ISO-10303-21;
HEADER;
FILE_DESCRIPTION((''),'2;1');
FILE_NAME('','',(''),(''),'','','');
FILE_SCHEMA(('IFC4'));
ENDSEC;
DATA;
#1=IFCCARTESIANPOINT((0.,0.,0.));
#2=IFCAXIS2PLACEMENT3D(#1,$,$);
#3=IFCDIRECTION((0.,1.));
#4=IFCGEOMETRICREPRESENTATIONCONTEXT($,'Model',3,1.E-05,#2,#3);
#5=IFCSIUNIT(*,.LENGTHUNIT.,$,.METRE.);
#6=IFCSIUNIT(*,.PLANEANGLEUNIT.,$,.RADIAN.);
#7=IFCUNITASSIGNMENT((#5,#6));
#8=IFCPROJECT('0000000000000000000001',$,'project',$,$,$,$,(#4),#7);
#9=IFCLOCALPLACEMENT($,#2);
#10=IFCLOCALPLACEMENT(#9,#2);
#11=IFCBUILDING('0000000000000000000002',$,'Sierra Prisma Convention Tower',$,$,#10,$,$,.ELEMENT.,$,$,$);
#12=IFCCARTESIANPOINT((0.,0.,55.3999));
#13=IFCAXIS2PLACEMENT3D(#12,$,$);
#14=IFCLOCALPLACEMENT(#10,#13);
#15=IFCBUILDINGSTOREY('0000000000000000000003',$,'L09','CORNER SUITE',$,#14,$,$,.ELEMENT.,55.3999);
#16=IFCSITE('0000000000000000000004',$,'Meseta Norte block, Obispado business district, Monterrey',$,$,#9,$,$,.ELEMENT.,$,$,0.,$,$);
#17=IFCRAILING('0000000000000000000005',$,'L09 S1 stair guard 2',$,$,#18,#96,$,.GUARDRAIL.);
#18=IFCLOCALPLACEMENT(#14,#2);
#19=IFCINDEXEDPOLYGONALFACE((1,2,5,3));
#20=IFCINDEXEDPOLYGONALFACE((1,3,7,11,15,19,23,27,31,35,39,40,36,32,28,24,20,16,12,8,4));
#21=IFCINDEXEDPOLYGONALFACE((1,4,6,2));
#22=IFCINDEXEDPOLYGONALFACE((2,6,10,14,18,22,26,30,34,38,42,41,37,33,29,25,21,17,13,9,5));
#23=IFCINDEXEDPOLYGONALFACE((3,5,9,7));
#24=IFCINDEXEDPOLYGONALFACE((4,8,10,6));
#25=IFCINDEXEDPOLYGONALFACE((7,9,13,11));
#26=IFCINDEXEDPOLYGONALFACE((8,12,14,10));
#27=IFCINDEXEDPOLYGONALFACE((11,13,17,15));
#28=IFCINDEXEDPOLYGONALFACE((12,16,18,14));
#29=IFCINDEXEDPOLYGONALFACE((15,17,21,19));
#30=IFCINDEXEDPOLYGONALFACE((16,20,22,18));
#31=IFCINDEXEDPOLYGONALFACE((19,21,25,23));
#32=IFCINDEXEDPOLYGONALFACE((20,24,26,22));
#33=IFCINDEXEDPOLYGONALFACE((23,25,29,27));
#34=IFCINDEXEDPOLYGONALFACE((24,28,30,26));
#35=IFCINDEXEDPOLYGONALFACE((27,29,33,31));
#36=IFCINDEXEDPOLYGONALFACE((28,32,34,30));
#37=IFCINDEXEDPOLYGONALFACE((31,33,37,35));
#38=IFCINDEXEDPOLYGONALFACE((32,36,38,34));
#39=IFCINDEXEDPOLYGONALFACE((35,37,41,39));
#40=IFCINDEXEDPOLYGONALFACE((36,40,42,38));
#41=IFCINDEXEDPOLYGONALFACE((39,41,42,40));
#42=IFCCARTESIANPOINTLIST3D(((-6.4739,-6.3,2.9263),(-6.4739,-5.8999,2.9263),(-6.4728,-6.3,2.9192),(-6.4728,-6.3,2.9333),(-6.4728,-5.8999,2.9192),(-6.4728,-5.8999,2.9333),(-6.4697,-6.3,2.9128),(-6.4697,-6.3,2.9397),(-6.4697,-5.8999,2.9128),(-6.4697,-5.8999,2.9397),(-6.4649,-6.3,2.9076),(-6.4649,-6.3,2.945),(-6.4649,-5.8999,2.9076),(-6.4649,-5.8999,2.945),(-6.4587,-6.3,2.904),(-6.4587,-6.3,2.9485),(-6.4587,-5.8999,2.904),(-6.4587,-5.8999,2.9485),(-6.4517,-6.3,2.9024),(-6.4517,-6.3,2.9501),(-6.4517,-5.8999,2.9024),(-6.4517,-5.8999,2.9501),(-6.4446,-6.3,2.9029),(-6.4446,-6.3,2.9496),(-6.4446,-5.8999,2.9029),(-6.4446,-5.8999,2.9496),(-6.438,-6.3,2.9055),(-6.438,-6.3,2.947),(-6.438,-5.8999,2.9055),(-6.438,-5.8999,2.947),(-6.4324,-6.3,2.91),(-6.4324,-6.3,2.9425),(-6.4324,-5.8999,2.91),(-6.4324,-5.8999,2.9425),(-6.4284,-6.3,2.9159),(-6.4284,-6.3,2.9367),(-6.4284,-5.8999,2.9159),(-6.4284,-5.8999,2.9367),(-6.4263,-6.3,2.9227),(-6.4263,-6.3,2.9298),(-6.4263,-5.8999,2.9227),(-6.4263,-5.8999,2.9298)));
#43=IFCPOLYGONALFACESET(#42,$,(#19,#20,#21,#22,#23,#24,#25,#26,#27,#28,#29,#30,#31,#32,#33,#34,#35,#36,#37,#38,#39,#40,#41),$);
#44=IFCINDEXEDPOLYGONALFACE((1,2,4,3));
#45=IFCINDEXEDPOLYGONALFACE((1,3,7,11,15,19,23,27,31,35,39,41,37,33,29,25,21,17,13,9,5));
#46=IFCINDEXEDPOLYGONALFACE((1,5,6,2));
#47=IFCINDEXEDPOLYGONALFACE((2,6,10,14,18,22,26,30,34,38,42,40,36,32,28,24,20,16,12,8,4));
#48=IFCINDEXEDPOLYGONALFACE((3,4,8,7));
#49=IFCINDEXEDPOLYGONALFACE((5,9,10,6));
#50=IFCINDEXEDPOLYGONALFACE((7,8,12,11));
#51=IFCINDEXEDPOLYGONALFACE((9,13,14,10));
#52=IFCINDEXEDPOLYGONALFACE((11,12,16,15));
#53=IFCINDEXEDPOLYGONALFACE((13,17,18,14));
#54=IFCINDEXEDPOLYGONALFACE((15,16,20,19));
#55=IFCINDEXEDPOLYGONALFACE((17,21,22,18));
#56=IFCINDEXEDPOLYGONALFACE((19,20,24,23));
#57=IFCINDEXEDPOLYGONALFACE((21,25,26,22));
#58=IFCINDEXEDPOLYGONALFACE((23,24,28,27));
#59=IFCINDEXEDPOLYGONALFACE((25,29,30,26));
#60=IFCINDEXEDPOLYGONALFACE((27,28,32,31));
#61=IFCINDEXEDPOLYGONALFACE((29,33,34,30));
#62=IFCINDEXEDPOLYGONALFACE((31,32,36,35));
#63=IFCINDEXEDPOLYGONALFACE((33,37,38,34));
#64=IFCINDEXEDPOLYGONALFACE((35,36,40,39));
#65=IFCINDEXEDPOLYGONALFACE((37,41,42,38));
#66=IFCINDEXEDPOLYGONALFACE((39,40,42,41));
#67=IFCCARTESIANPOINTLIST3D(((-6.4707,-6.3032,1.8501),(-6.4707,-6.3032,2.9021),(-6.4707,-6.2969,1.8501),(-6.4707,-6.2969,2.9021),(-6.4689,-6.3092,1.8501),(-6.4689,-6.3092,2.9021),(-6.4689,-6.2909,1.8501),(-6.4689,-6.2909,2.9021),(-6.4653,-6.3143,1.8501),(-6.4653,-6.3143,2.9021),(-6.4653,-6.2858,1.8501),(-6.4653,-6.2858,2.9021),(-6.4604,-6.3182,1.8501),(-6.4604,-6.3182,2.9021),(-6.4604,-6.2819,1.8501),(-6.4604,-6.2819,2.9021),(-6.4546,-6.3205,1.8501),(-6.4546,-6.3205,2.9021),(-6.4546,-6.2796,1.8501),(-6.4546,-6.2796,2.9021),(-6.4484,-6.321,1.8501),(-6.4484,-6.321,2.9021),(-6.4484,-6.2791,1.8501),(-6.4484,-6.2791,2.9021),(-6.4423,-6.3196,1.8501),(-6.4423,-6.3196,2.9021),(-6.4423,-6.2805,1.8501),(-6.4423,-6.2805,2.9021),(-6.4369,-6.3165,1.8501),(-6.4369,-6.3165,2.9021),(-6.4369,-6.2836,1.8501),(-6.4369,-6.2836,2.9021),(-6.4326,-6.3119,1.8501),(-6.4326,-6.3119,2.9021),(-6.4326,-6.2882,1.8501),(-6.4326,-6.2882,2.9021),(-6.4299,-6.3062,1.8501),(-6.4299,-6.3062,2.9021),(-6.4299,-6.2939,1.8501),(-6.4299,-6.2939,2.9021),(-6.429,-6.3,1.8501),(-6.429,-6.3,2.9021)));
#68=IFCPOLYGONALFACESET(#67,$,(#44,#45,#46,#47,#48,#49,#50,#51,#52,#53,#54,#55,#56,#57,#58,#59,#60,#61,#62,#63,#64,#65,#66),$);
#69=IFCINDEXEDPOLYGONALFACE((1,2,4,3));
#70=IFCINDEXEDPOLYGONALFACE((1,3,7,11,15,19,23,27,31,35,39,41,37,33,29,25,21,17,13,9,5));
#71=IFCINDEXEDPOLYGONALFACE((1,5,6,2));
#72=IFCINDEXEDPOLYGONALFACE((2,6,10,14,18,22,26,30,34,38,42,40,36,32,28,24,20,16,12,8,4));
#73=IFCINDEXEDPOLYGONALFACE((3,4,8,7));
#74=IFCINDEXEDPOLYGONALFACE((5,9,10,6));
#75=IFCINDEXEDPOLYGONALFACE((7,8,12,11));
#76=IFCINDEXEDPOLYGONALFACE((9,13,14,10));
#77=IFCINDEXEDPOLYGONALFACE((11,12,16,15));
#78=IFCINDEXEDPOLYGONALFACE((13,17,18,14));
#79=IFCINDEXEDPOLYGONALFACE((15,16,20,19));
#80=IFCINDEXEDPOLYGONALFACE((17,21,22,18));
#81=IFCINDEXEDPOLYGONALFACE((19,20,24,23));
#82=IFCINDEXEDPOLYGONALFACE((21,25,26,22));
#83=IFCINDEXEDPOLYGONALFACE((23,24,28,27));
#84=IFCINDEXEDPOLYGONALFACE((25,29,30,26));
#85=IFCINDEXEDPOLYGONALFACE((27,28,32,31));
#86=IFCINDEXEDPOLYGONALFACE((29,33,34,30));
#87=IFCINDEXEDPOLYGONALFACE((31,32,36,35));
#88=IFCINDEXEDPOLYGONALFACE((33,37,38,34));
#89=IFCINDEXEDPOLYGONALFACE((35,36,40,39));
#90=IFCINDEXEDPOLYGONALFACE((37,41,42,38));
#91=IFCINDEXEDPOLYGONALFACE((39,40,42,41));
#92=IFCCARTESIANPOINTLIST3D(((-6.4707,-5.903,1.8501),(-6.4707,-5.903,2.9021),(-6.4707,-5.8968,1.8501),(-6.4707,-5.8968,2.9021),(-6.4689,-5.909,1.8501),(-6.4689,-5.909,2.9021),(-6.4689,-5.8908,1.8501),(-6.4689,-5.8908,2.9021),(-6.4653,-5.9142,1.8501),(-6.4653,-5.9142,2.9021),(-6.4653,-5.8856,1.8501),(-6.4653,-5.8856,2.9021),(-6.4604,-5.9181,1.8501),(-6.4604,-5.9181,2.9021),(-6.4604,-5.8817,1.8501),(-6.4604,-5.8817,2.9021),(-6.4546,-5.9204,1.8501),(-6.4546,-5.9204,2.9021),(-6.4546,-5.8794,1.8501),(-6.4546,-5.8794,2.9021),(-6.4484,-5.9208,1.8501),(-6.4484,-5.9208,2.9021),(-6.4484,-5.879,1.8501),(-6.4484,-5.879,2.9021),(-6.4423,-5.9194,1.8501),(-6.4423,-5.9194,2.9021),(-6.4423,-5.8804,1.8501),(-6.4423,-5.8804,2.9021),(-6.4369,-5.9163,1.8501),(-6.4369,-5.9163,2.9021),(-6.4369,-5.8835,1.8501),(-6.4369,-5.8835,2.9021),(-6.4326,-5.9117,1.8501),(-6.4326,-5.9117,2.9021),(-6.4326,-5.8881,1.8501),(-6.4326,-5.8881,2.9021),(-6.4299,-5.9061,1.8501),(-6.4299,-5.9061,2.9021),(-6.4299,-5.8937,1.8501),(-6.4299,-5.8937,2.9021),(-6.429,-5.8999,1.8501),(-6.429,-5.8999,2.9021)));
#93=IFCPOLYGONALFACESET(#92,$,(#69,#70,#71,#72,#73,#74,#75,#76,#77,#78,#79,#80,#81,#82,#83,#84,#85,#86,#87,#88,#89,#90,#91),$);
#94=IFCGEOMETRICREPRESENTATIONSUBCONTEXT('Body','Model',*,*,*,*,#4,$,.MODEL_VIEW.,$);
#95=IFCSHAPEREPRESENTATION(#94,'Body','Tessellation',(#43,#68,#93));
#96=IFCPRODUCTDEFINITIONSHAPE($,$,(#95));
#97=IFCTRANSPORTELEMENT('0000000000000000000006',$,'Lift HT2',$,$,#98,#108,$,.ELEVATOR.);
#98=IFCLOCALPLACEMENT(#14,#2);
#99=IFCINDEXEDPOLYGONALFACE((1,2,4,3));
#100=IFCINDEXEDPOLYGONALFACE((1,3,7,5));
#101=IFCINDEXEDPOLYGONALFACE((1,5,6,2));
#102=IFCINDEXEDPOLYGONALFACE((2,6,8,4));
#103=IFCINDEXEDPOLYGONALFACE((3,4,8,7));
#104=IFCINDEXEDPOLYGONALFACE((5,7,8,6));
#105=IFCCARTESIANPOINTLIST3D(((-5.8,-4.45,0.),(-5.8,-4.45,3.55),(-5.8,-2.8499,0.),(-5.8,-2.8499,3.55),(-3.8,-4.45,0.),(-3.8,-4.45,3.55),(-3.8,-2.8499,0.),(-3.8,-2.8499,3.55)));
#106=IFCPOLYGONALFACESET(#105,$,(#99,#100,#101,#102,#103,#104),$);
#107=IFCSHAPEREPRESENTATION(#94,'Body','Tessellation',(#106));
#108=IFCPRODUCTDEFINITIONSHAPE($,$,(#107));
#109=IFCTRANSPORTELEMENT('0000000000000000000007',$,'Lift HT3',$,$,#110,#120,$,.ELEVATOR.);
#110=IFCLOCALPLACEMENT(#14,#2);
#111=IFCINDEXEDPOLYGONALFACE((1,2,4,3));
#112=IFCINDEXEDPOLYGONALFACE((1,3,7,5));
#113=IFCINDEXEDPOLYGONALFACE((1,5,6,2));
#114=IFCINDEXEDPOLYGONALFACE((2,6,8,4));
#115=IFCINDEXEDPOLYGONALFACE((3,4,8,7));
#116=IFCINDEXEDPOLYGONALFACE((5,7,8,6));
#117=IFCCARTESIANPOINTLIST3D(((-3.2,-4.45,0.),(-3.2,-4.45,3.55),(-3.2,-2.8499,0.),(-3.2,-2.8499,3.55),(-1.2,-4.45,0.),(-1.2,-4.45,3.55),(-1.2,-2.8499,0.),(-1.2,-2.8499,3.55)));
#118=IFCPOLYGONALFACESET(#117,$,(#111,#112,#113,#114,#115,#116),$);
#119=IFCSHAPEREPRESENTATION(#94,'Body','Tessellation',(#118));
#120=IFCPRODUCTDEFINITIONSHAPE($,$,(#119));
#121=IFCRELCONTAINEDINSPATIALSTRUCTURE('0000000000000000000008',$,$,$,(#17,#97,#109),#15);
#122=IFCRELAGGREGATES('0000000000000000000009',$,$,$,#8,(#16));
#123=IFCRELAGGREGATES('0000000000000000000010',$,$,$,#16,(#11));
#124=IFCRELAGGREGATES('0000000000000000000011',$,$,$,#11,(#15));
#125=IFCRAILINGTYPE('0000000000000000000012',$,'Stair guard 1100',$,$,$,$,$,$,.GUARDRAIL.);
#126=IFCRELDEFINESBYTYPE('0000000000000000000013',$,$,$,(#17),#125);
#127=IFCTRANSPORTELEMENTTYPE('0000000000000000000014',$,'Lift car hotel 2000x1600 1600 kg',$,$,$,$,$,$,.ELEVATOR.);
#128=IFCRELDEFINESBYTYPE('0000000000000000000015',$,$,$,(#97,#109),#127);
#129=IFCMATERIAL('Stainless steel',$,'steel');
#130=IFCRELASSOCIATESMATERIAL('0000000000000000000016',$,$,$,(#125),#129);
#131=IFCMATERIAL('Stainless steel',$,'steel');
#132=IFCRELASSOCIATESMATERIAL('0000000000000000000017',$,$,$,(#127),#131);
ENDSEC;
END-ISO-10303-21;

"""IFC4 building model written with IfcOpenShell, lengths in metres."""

from ifc_helpers import new_model, si_unit, direction, frame, origin, origin_2d, place, context, subcontext, project, spatial, rectangle, circle, extrude, material, type_object, element, save


model = new_model("IFC4")

# Units and contexts
model_context = context("Model", 3, precision=1e-05, world=origin(), true_north=direction((0.0, 1.0)))
body_context = subcontext(model_context, "Body", "Model", "MODEL_VIEW")
ifc_project = project(units=[si_unit("LENGTHUNIT", "METRE"), si_unit("PLANEANGLEUNIT", "RADIAN")], contexts=[model_context])

# Site, building, storey
site_placement = place(None, origin())
site = spatial("IfcSite", under=ifc_project, at=site_placement, Name="Meseta Norte block, Obispado business district, Monterrey", CompositionType="ELEMENT", RefElevation=0.0)
building_placement = place(site_placement, origin())
building = spatial("IfcBuilding", under=site, at=building_placement, Name="Sierra Prisma Convention Tower", CompositionType="ELEMENT")
storey_placement = place(building_placement, frame((0.0, 0.0, 55.3999)))
storey = spatial("IfcBuildingStorey", under=building, at=storey_placement, Name="L09", Description="CORNER SUITE", CompositionType="ELEMENT", Elevation=55.3999)

# Railing
ifc_material_1 = material(Name="Stainless steel", Category="steel")
railing_type_1 = type_object("IfcRailingType", Name="Stair guard 1100", PredefinedType="GUARDRAIL", material=ifc_material_1)
railing_1_placement = place(storey_placement, frame((-6.45, -6.3, 1.8501)))
element("IfcRailing", 1, at=railing_1_placement, inside=storey, type_object=railing_type_1, Name="L09 S1 stair guard 2", PredefinedType="GUARDRAIL", context=body_context, shape_type="SweptSolid", body=[
    extrude(circle(Radius=0.0239, at=origin_2d()), frame((0.0, 0.0, 1.0762), z_axis=(0.0, 1.0, 0.0), x_axis=(-1.0, 0.0, 0.0)), (0.0, 0.0, 1.0), 0.4001),
    extrude(circle(Radius=0.021, at=origin_2d()), origin(), (0.0, 0.0, 1.0), 1.052),
    extrude(circle(Radius=0.021, at=origin_2d()), frame((0.0, 0.4001, 0.0)), (0.0, 0.0, 1.0), 1.052),
])

# Transport elements
ifc_material_2 = material(Name="Stainless steel", Category="steel")
transport_element_type = type_object("IfcTransportElementType", Name="Lift car hotel 2000x1600 1600 kg", PredefinedType="ELEVATOR", material=ifc_material_2)
for number, where, z_axis, x_axis, name in (
    (2, (-4.8, -3.6499, 0.0), (0.0, 0.0, 1.0), (1.0, 0.0, 0.0), "Lift HT2"),
    (3, (-2.2, -3.6499, 0.0), (0.0, 0.0, 1.0), (1.0, 0.0, 0.0), "Lift HT3"),
):
    element("IfcTransportElement", number, at=place(storey_placement, frame(where, z_axis=z_axis, x_axis=x_axis)), inside=storey, type_object=transport_element_type, Name=name, PredefinedType="ELEVATOR", context=body_context, shape_type="SweptSolid", body=[
        extrude(rectangle(XDim=2.0, YDim=1.6001, at=origin_2d()), origin(), (0.0, 0.0, 1.0), 3.55),
    ])

save(model, "model.ifc")
